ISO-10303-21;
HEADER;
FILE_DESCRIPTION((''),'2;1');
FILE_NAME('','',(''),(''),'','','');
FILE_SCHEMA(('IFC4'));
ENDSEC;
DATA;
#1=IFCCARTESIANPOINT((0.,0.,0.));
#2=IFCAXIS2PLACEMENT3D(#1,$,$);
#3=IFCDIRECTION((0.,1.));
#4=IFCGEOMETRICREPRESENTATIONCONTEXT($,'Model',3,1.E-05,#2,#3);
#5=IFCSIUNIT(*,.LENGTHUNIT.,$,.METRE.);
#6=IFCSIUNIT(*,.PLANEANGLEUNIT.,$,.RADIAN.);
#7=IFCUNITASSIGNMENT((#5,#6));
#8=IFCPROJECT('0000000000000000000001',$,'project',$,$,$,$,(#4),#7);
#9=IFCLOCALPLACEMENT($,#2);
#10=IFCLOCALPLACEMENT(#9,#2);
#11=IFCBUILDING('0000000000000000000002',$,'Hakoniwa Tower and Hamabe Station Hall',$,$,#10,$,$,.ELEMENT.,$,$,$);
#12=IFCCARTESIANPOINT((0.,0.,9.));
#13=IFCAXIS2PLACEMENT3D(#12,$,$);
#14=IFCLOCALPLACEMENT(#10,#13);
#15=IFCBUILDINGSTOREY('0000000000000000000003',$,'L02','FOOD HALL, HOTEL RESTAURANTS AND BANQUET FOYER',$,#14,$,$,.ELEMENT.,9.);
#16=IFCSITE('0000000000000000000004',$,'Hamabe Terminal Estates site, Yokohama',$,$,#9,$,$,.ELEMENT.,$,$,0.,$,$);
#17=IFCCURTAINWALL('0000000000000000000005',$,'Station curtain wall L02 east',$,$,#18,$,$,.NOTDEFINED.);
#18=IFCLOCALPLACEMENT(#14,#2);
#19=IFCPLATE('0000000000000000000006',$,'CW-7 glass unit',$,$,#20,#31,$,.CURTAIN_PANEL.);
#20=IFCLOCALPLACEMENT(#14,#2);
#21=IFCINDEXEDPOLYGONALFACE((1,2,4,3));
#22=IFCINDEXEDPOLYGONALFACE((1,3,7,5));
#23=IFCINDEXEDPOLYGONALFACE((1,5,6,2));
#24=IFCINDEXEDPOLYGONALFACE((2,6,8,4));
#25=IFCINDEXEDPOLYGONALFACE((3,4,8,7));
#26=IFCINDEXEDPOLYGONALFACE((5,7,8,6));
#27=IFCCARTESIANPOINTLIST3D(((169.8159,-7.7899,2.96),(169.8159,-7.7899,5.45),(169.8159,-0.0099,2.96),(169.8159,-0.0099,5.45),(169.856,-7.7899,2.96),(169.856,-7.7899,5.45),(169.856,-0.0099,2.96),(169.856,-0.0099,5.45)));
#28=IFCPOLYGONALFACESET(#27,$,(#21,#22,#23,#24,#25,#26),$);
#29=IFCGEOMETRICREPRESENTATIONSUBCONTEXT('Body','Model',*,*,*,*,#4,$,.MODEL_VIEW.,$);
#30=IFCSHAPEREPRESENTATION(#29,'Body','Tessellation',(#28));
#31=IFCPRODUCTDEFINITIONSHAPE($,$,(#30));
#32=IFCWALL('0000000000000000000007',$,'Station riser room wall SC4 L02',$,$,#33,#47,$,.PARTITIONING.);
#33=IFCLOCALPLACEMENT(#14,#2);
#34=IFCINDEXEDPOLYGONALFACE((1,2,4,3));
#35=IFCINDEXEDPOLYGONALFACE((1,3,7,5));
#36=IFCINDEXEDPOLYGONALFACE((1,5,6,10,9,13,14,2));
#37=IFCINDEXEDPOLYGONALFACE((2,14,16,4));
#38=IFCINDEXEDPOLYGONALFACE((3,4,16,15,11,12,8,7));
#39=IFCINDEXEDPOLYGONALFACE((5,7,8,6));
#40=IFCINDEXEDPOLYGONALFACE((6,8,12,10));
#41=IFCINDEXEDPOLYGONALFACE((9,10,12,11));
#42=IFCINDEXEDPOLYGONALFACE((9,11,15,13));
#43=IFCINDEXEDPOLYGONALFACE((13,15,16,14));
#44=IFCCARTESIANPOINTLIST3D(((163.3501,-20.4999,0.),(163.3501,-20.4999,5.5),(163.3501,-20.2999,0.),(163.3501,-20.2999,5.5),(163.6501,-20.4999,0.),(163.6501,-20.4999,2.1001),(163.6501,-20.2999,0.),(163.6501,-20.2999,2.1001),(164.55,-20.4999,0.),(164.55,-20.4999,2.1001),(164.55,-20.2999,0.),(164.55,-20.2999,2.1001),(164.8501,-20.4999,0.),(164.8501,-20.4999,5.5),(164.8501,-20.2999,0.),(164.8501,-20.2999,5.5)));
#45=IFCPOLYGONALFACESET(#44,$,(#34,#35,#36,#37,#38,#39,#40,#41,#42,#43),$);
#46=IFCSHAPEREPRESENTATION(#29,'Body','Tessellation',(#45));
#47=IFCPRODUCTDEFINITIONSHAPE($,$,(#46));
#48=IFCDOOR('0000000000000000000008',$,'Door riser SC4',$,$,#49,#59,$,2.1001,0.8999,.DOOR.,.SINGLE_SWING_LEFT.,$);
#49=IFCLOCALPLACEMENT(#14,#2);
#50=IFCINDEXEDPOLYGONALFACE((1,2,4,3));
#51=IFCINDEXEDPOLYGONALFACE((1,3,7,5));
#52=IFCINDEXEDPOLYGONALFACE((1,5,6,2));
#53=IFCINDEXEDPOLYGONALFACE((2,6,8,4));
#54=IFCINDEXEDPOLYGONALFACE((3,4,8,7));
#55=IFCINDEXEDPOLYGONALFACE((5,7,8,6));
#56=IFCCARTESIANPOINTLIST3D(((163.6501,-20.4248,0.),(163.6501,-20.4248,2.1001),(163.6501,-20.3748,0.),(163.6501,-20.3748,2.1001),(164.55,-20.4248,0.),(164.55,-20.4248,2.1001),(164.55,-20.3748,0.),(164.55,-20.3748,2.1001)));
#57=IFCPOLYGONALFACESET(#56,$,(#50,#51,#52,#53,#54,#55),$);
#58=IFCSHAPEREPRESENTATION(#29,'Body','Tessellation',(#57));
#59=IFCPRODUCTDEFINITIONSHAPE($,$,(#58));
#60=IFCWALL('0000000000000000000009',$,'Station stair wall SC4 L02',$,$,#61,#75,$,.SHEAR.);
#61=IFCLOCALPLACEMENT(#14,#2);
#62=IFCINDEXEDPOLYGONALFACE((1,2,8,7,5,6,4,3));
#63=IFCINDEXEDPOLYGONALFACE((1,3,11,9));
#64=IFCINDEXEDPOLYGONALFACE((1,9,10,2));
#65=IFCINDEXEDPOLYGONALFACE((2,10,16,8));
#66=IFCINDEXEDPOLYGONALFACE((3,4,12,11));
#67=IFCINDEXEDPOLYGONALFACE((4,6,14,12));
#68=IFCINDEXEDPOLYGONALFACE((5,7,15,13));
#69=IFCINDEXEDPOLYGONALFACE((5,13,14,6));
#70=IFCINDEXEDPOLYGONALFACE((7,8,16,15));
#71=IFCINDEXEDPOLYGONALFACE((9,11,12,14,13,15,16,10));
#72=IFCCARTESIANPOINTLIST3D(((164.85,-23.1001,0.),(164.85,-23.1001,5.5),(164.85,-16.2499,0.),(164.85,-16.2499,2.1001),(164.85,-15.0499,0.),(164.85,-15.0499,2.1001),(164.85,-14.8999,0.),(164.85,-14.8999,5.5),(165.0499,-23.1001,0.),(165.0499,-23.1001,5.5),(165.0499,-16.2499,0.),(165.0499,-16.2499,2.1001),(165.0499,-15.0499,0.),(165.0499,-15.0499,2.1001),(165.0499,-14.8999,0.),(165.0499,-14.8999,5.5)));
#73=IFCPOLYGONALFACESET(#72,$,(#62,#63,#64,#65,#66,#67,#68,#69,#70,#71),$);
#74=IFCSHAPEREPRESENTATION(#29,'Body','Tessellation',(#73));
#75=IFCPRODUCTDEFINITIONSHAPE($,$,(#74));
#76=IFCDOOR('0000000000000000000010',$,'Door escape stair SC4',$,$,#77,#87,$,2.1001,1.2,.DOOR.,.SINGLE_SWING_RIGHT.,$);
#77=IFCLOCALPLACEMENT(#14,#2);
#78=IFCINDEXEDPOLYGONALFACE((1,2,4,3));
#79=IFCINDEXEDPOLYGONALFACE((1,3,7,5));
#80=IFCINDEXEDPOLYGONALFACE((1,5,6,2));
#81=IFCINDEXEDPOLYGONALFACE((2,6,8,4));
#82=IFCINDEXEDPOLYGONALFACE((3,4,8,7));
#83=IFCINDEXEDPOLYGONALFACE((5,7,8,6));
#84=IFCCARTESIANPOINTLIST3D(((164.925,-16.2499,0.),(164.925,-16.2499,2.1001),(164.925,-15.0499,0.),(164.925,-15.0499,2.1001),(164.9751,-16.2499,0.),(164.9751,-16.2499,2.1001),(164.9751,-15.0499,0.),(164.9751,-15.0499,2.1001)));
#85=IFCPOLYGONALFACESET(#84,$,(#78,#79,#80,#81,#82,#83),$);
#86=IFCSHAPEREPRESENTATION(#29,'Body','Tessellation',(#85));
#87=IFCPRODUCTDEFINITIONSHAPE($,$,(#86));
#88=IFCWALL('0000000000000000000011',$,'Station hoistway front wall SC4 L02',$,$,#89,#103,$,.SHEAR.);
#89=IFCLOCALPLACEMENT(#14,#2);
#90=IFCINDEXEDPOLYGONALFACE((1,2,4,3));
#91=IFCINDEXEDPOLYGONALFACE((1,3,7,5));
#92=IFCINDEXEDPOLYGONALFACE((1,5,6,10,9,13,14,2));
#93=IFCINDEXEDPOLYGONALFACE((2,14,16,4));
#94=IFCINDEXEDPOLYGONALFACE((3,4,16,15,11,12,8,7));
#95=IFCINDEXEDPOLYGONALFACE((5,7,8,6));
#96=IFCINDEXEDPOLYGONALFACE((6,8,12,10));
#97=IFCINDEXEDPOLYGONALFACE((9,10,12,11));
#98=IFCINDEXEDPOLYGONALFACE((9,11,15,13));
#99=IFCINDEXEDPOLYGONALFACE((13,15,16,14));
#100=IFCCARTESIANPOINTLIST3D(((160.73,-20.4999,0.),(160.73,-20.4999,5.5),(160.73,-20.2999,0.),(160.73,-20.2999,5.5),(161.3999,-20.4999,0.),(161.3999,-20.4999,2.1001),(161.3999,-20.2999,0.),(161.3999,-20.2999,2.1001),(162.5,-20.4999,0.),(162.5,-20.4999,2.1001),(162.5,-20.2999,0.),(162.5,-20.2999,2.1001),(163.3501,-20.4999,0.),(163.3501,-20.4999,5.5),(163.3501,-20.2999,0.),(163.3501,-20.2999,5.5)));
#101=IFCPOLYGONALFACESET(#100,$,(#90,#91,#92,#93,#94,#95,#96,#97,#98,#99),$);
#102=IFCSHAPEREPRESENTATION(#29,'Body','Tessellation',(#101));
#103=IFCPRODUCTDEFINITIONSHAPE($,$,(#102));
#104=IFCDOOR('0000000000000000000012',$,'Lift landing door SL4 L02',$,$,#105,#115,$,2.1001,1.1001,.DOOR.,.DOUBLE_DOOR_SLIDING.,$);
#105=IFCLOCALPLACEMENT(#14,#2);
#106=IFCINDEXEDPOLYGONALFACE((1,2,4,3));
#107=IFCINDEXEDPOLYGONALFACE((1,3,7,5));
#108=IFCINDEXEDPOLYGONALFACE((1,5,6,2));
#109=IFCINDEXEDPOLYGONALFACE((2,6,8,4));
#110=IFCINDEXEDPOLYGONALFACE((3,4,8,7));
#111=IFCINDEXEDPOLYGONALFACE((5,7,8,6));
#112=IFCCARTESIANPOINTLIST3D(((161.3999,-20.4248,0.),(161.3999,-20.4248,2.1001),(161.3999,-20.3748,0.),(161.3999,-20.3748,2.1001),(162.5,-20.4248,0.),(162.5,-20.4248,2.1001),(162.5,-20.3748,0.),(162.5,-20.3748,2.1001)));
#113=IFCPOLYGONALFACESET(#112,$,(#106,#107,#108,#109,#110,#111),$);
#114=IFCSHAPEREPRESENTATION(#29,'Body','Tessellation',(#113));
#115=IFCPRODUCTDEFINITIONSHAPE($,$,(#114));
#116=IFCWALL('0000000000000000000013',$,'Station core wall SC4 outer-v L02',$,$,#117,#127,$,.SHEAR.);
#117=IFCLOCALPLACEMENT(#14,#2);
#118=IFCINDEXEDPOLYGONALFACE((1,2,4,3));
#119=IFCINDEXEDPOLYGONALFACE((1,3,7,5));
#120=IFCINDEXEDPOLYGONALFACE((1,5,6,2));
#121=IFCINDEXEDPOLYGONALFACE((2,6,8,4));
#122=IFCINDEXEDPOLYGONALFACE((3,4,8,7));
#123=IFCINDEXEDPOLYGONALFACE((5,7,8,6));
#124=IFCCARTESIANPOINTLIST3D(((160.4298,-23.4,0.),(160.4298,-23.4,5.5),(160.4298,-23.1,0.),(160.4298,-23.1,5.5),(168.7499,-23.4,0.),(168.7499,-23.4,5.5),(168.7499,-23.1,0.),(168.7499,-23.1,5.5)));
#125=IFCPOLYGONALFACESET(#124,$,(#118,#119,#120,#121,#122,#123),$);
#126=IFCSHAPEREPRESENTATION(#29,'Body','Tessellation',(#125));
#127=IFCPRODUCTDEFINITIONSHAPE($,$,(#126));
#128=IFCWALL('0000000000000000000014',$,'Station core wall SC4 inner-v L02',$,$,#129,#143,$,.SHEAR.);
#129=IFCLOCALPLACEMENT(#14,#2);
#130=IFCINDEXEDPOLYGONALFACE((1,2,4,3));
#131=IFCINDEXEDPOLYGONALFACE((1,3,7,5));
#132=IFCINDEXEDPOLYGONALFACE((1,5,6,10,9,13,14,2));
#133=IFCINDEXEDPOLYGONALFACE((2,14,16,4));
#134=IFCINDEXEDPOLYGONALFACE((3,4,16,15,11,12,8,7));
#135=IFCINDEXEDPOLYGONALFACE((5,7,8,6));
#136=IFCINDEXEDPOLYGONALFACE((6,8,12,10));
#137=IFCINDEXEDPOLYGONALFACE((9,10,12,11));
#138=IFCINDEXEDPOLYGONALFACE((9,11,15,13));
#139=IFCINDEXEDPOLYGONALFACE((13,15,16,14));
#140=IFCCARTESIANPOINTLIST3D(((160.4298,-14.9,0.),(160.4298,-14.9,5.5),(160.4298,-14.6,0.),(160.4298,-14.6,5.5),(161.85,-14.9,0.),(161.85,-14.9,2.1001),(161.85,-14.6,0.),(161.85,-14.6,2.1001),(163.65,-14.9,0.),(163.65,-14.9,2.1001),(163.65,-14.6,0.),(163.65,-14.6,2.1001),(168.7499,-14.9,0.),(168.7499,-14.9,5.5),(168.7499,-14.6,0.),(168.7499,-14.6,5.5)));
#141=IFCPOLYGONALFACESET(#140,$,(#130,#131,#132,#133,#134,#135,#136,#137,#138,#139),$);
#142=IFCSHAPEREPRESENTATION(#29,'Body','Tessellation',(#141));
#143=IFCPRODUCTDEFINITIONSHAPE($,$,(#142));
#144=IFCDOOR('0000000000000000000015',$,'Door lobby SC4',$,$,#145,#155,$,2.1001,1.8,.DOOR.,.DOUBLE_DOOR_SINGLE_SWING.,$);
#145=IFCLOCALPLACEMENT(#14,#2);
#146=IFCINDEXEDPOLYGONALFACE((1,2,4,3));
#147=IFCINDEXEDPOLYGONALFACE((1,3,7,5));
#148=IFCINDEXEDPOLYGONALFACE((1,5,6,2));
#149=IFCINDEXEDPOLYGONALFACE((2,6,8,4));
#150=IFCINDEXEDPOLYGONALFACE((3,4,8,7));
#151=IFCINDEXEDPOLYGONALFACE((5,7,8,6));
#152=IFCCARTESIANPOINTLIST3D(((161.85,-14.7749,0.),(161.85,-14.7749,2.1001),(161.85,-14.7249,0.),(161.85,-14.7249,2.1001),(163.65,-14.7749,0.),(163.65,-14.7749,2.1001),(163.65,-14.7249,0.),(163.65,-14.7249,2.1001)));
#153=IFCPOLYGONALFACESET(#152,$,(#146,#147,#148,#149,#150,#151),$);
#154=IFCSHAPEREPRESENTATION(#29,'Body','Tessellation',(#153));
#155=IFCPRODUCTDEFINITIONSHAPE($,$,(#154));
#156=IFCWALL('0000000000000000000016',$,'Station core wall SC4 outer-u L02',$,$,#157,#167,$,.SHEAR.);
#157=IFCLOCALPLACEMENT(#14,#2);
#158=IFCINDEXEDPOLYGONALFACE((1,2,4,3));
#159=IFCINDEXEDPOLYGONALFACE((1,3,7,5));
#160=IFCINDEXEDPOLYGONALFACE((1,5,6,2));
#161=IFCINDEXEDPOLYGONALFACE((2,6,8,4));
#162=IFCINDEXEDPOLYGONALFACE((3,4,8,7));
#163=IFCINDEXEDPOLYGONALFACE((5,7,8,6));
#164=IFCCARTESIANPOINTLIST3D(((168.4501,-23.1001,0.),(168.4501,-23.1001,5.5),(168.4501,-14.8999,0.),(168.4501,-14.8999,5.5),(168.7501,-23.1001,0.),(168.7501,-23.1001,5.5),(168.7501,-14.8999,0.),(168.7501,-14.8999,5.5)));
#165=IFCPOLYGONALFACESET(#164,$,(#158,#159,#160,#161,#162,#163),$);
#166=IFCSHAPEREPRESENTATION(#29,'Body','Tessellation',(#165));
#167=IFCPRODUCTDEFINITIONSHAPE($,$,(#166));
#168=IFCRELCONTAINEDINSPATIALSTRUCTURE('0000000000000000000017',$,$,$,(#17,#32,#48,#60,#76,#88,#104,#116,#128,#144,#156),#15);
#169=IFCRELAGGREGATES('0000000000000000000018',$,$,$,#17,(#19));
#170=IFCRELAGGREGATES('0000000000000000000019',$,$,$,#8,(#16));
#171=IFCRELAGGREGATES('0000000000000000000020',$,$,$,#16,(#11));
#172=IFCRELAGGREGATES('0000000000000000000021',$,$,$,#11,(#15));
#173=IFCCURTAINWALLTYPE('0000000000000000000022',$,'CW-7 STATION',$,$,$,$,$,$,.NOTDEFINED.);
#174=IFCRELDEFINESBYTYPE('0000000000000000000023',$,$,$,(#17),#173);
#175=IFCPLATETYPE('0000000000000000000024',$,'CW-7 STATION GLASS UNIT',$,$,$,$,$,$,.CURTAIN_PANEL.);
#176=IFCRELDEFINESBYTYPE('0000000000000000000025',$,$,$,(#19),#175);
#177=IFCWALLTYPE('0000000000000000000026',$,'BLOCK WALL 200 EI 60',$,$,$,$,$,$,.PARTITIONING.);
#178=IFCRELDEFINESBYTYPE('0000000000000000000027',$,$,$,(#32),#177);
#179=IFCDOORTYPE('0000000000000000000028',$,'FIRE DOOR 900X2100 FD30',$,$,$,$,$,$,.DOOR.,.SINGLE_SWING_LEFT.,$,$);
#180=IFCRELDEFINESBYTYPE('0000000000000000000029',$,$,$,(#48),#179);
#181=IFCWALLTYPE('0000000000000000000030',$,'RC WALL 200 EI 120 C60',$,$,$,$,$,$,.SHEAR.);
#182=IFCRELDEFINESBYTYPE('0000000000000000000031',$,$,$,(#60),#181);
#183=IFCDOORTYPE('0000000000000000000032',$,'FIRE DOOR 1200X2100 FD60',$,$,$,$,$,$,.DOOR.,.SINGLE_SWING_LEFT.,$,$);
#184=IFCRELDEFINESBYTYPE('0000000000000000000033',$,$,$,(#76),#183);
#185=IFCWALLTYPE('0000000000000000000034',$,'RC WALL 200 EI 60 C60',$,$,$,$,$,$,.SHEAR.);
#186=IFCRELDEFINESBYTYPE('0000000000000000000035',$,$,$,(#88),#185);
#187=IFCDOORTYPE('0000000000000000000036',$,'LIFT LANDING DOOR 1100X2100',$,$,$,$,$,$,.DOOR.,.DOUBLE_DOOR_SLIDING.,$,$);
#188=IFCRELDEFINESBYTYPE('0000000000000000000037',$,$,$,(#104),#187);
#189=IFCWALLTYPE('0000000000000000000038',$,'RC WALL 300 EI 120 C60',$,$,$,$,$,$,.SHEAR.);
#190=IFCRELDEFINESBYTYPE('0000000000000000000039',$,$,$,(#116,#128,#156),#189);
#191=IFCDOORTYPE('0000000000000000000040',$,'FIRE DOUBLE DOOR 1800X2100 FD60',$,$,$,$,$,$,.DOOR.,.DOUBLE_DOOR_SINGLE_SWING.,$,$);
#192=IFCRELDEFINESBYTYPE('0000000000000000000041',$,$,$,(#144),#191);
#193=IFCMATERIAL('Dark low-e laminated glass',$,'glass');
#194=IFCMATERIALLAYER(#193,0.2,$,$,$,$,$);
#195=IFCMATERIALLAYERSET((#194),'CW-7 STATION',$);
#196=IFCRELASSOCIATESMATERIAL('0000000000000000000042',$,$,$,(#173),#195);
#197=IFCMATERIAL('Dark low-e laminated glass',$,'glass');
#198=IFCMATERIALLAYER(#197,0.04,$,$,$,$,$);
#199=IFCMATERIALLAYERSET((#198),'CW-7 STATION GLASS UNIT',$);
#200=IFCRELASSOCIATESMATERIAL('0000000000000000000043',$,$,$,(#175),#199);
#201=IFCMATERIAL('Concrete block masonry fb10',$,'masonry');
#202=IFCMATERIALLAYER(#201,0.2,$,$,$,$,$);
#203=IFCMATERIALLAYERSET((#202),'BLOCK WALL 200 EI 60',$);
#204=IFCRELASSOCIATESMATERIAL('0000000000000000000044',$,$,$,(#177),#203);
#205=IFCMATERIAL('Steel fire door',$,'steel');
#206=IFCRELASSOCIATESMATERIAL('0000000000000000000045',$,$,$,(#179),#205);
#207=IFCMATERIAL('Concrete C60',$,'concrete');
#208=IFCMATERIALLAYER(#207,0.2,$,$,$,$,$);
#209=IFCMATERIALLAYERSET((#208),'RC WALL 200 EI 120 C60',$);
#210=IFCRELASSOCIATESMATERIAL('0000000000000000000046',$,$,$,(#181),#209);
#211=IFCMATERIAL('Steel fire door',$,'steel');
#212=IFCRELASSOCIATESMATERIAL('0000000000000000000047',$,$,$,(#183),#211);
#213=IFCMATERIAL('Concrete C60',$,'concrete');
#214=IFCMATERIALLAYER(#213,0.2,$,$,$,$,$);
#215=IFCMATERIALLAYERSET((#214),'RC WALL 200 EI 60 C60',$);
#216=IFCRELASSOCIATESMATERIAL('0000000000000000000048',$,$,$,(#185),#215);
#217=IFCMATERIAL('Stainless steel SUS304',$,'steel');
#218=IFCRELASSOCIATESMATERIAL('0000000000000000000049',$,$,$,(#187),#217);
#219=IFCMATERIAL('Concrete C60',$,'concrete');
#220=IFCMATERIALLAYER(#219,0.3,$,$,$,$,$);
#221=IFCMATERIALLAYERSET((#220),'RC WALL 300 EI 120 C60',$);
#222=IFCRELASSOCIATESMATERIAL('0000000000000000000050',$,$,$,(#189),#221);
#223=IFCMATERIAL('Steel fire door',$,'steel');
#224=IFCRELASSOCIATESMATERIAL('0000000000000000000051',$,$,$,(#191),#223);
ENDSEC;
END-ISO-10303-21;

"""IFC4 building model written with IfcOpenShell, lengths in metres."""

from ifc_helpers import new_model, si_unit, direction, frame, frame_2d, origin, origin_2d, place, context, subcontext, project, spatial, rectangle, extrude, material, layer, layer_set, type_object, element, fill, aggregate, save


model = new_model("IFC4")

# Units and contexts
model_context = context("Model", 3, precision=1e-05, world=origin(), true_north=direction((0.0, 1.0)))
body_context = subcontext(model_context, "Body", "Model", "MODEL_VIEW")
ifc_project = project(units=[si_unit("LENGTHUNIT", "METRE"), si_unit("PLANEANGLEUNIT", "RADIAN")], contexts=[model_context])

# Site, building, storey
site_placement = place(None, origin())
site = spatial("IfcSite", under=ifc_project, at=site_placement, Name="Hamabe Terminal Estates site, Yokohama", CompositionType="ELEMENT", RefElevation=0.0)
building_placement = place(site_placement, origin())
building = spatial("IfcBuilding", under=site, at=building_placement, Name="Hakoniwa Tower and Hamabe Station Hall", CompositionType="ELEMENT")
storey_placement = place(building_placement, frame((0.0, 0.0, 9.0)))
storey = spatial("IfcBuildingStorey", under=building, at=storey_placement, Name="L02", Description="FOOD HALL, HOTEL RESTAURANTS AND BANQUET FOYER", CompositionType="ELEMENT", Elevation=9.0)

# Curtain wall
ifc_material_1 = material(Name="Dark low-e laminated glass", Category="glass")
ifc_layer_1 = layer(ifc_material_1, 0.2)
ifc_layer_set_1 = layer_set([ifc_layer_1], Name="CW-7 STATION")
curtain_wall_type = type_object("IfcCurtainWallType", Name="CW-7 STATION", PredefinedType="NOTDEFINED", material=ifc_layer_set_1)
curtain_wall_1_placement = place(storey_placement, origin())
curtain_wall_1 = element("IfcCurtainWall", 1, at=curtain_wall_1_placement, inside=storey, type_object=curtain_wall_type, Name="Station curtain wall L02 east", PredefinedType="NOTDEFINED")

# Shared definitions
ifc_material_2 = material(Name="Dark low-e laminated glass", Category="glass")
ifc_layer_2 = layer(ifc_material_2, 0.04)
ifc_layer_set_2 = layer_set([ifc_layer_2], Name="CW-7 STATION GLASS UNIT")
plate_type = type_object("IfcPlateType", Name="CW-7 STATION GLASS UNIT", PredefinedType="CURTAIN_PANEL", material=ifc_layer_set_2)

# Plate
plate_1_placement = place(storey_placement, frame((169.8359, -3.8999, 2.96), z_axis=(0.0, 0.0, 1.0), x_axis=(0.0, 1.0, 0.0)))
plate_1 = element("IfcPlate", 2, at=plate_1_placement, type_object=plate_type, Name="CW-7 glass unit", PredefinedType="CURTAIN_PANEL", context=body_context, shape_type="SweptSolid", body=[
    extrude(rectangle(XDim=7.78, YDim=0.04, at=origin_2d()), origin(), (0.0, 0.0, 1.0), 2.49),
])
aggregate(curtain_wall_1, [plate_1])

# Walls, openings, doors
ifc_material_3 = material(Name="Concrete block masonry fb10", Category="masonry")
ifc_layer_3 = layer(ifc_material_3, 0.2)
ifc_layer_set_3 = layer_set([ifc_layer_3], Name="BLOCK WALL 200 EI 60")
wall_type_1 = type_object("IfcWallType", Name="BLOCK WALL 200 EI 60", PredefinedType="PARTITIONING", material=ifc_layer_set_3)
wall_1_placement = place(storey_placement, frame((164.8501, -20.3999, 0.0), z_axis=(0.0, 0.0, 1.0), x_axis=(-1.0, 0.0, 0.0)))
wall_1 = element("IfcWall", 3, at=wall_1_placement, inside=storey, type_object=wall_type_1, Name="Station riser room wall SC4 L02", PredefinedType="PARTITIONING", context=body_context, shape_type="SweptSolid", body=[
    extrude(rectangle(XDim=1.5, YDim=0.2, at=frame_2d((0.75, 0.0))), origin(), (0.0, 0.0, 1.0), 5.5),
])
opening_1_placement = place(wall_1_placement, frame((0.3, 0.0, 0.0)))
opening_1 = element("IfcOpeningElement", 4, at=opening_1_placement, cuts=wall_1, PredefinedType="OPENING", context=body_context, shape_type="SweptSolid", body=[
    extrude(rectangle(XDim=0.8999, YDim=2.1001, at=frame_2d((0.45, 1.05))), frame((0.0, 0.1099, 0.0), z_axis=(0.0, -1.0, 0.0), x_axis=(1.0, 0.0, 0.0)), (0.0, 0.0, 1.0), 0.22),
])
ifc_material_4 = material(Name="Steel fire door", Category="steel")
door_type_1 = type_object("IfcDoorType", Name="FIRE DOOR 900X2100 FD30", OperationType="SINGLE_SWING_LEFT", PredefinedType="DOOR", material=ifc_material_4)
door_1_placement = place(opening_1_placement, origin())
door_1 = element("IfcDoor", 5, at=door_1_placement, inside=storey, type_object=door_type_1, Name="Door riser SC4", OperationType="SINGLE_SWING_LEFT", OverallHeight=2.1001, OverallWidth=0.8999, PredefinedType="DOOR", context=body_context, shape_type="SweptSolid", body=[
    extrude(rectangle(XDim=0.8999, YDim=2.1001, at=frame_2d((0.45, 1.05))), frame((0.0, 0.0249, 0.0), z_axis=(0.0, -1.0, 0.0), x_axis=(1.0, 0.0, 0.0)), (0.0, 0.0, 1.0), 0.05),
])
fill(opening_1, door_1)
ifc_material_5 = material(Name="Concrete C60", Category="concrete")
ifc_layer_4 = layer(ifc_material_5, 0.2)
ifc_layer_set_4 = layer_set([ifc_layer_4], Name="RC WALL 200 EI 120 C60")
wall_type_2 = type_object("IfcWallType", Name="RC WALL 200 EI 120 C60", PredefinedType="SHEAR", material=ifc_layer_set_4)
wall_2_placement = place(storey_placement, frame((164.95, -23.1001, 0.0), z_axis=(0.0, 0.0, 1.0), x_axis=(0.0, 1.0, 0.0)))
wall_2 = element("IfcWall", 6, at=wall_2_placement, inside=storey, type_object=wall_type_2, Name="Station stair wall SC4 L02", PredefinedType="SHEAR", context=body_context, shape_type="SweptSolid", body=[
    extrude(rectangle(XDim=8.2002, YDim=0.2, at=frame_2d((4.1001, 0.0))), origin(), (0.0, 0.0, 1.0), 5.5),
])
opening_2_placement = place(wall_2_placement, frame((6.8501, 0.0, 0.0)))
opening_2 = element("IfcOpeningElement", 7, at=opening_2_placement, cuts=wall_2, PredefinedType="OPENING", context=body_context, shape_type="SweptSolid", body=[
    extrude(rectangle(XDim=1.2, YDim=2.1001, at=frame_2d((0.6001, 1.05))), frame((0.0, 0.1099, 0.0), z_axis=(0.0, -1.0, 0.0), x_axis=(1.0, 0.0, 0.0)), (0.0, 0.0, 1.0), 0.22),
])
ifc_material_6 = material(Name="Steel fire door", Category="steel")
door_type_2 = type_object("IfcDoorType", Name="FIRE DOOR 1200X2100 FD60", OperationType="SINGLE_SWING_LEFT", PredefinedType="DOOR", material=ifc_material_6)
door_2_placement = place(opening_2_placement, origin())
door_2 = element("IfcDoor", 8, at=door_2_placement, inside=storey, type_object=door_type_2, Name="Door escape stair SC4", OperationType="SINGLE_SWING_RIGHT", OverallHeight=2.1001, OverallWidth=1.2, PredefinedType="DOOR", context=body_context, shape_type="SweptSolid", body=[
    extrude(rectangle(XDim=1.2, YDim=2.1001, at=frame_2d((0.6001, 1.05))), frame((0.0, 0.0249, 0.0), z_axis=(0.0, -1.0, 0.0), x_axis=(1.0, 0.0, 0.0)), (0.0, 0.0, 1.0), 0.05),
])
fill(opening_2, door_2)
ifc_material_7 = material(Name="Concrete C60", Category="concrete")
ifc_layer_5 = layer(ifc_material_7, 0.2)
ifc_layer_set_5 = layer_set([ifc_layer_5], Name="RC WALL 200 EI 60 C60")
wall_type_3 = type_object("IfcWallType", Name="RC WALL 200 EI 60 C60", PredefinedType="SHEAR", material=ifc_layer_set_5)
wall_3_placement = place(storey_placement, frame((163.3501, -20.3999, 0.0), z_axis=(0.0, 0.0, 1.0), x_axis=(-1.0, 0.0, 0.0)))
wall_3 = element("IfcWall", 9, at=wall_3_placement, inside=storey, type_object=wall_type_3, Name="Station hoistway front wall SC4 L02", PredefinedType="SHEAR", context=body_context, shape_type="SweptSolid", body=[
    extrude(rectangle(XDim=2.6201, YDim=0.2, at=frame_2d((1.3101, 0.0))), origin(), (0.0, 0.0, 1.0), 5.5),
])
opening_3_placement = place(wall_3_placement, frame((0.8501, 0.0, 0.0)))
opening_3 = element("IfcOpeningElement", 10, at=opening_3_placement, cuts=wall_3, PredefinedType="OPENING", context=body_context, shape_type="SweptSolid", body=[
    extrude(rectangle(XDim=1.1001, YDim=2.1001, at=frame_2d((0.55, 1.05))), frame((0.0, 0.1099, 0.0), z_axis=(0.0, -1.0, 0.0), x_axis=(1.0, 0.0, 0.0)), (0.0, 0.0, 1.0), 0.22),
])
ifc_material_8 = material(Name="Stainless steel SUS304", Category="steel")
door_type_3 = type_object("IfcDoorType", Name="LIFT LANDING DOOR 1100X2100", OperationType="DOUBLE_DOOR_SLIDING", PredefinedType="DOOR", material=ifc_material_8)
door_3_placement = place(opening_3_placement, origin())
door_3 = element("IfcDoor", 11, at=door_3_placement, inside=storey, type_object=door_type_3, Name="Lift landing door SL4 L02", OperationType="DOUBLE_DOOR_SLIDING", OverallHeight=2.1001, OverallWidth=1.1001, PredefinedType="DOOR", context=body_context, shape_type="SweptSolid", body=[
    extrude(rectangle(XDim=1.1001, YDim=2.1001, at=frame_2d((0.55, 1.05))), frame((0.0, 0.0249, 0.0), z_axis=(0.0, -1.0, 0.0), x_axis=(1.0, 0.0, 0.0)), (0.0, 0.0, 1.0), 0.05),
])
fill(opening_3, door_3)

# Wall
ifc_material_9 = material(Name="Concrete C60", Category="concrete")
ifc_layer_6 = layer(ifc_material_9, 0.3)
ifc_layer_set_6 = layer_set([ifc_layer_6], Name="RC WALL 300 EI 120 C60")
wall_type_4 = type_object("IfcWallType", Name="RC WALL 300 EI 120 C60", PredefinedType="SHEAR", material=ifc_layer_set_6)
wall_4_placement = place(storey_placement, frame((168.75, -23.25, 0.0), z_axis=(0.0, 0.0, 1.0), x_axis=(-1.0, 0.0, 0.0)))
element("IfcWall", 12, at=wall_4_placement, inside=storey, type_object=wall_type_4, Name="Station core wall SC4 outer-v L02", PredefinedType="SHEAR", context=body_context, shape_type="SweptSolid", body=[
    extrude(rectangle(XDim=8.3201, YDim=0.3, at=frame_2d((4.1602, 0.0))), origin(), (0.0, 0.0, 1.0), 5.5),
])

# Wall, opening, door
wall_5_placement = place(storey_placement, frame((168.75, -14.75, 0.0), z_axis=(0.0, 0.0, 1.0), x_axis=(-1.0, 0.0, 0.0)))
wall_5 = element("IfcWall", 13, at=wall_5_placement, inside=storey, type_object=wall_type_4, Name="Station core wall SC4 inner-v L02", PredefinedType="SHEAR", context=body_context, shape_type="SweptSolid", body=[
    extrude(rectangle(XDim=8.3201, YDim=0.3, at=frame_2d((4.1602, 0.0))), origin(), (0.0, 0.0, 1.0), 5.5),
])
opening_4_placement = place(wall_5_placement, frame((5.1001, 0.0, 0.0)))
opening_4 = element("IfcOpeningElement", 14, at=opening_4_placement, cuts=wall_5, PredefinedType="OPENING", context=body_context, shape_type="SweptSolid", body=[
    extrude(rectangle(XDim=1.8, YDim=2.1001, at=frame_2d((0.8999, 1.05))), frame((0.0, 0.1599, 0.0), z_axis=(0.0, -1.0, 0.0), x_axis=(1.0, 0.0, 0.0)), (0.0, 0.0, 1.0), 0.3201),
])
ifc_material_10 = material(Name="Steel fire door", Category="steel")
door_type_4 = type_object("IfcDoorType", Name="FIRE DOUBLE DOOR 1800X2100 FD60", OperationType="DOUBLE_DOOR_SINGLE_SWING", PredefinedType="DOOR", material=ifc_material_10)
door_4_placement = place(opening_4_placement, origin())
door_4 = element("IfcDoor", 15, at=door_4_placement, inside=storey, type_object=door_type_4, Name="Door lobby SC4", OperationType="DOUBLE_DOOR_SINGLE_SWING", OverallHeight=2.1001, OverallWidth=1.8, PredefinedType="DOOR", context=body_context, shape_type="SweptSolid", body=[
    extrude(rectangle(XDim=1.8, YDim=2.1001, at=frame_2d((0.8999, 1.05))), frame((0.0, 0.0249, 0.0), z_axis=(0.0, -1.0, 0.0), x_axis=(1.0, 0.0, 0.0)), (0.0, 0.0, 1.0), 0.05),
])
fill(opening_4, door_4)

# Wall
wall_6_placement = place(storey_placement, frame((168.6001, -23.1001, 0.0), z_axis=(0.0, 0.0, 1.0), x_axis=(0.0, 1.0, 0.0)))
element("IfcWall", 16, at=wall_6_placement, inside=storey, type_object=wall_type_4, Name="Station core wall SC4 outer-u L02", PredefinedType="SHEAR", context=body_context, shape_type="SweptSolid", body=[
    extrude(rectangle(XDim=8.2002, YDim=0.3, at=frame_2d((4.1001, 0.0))), origin(), (0.0, 0.0, 1.0), 5.5),
])

save(model, "model.ifc")
